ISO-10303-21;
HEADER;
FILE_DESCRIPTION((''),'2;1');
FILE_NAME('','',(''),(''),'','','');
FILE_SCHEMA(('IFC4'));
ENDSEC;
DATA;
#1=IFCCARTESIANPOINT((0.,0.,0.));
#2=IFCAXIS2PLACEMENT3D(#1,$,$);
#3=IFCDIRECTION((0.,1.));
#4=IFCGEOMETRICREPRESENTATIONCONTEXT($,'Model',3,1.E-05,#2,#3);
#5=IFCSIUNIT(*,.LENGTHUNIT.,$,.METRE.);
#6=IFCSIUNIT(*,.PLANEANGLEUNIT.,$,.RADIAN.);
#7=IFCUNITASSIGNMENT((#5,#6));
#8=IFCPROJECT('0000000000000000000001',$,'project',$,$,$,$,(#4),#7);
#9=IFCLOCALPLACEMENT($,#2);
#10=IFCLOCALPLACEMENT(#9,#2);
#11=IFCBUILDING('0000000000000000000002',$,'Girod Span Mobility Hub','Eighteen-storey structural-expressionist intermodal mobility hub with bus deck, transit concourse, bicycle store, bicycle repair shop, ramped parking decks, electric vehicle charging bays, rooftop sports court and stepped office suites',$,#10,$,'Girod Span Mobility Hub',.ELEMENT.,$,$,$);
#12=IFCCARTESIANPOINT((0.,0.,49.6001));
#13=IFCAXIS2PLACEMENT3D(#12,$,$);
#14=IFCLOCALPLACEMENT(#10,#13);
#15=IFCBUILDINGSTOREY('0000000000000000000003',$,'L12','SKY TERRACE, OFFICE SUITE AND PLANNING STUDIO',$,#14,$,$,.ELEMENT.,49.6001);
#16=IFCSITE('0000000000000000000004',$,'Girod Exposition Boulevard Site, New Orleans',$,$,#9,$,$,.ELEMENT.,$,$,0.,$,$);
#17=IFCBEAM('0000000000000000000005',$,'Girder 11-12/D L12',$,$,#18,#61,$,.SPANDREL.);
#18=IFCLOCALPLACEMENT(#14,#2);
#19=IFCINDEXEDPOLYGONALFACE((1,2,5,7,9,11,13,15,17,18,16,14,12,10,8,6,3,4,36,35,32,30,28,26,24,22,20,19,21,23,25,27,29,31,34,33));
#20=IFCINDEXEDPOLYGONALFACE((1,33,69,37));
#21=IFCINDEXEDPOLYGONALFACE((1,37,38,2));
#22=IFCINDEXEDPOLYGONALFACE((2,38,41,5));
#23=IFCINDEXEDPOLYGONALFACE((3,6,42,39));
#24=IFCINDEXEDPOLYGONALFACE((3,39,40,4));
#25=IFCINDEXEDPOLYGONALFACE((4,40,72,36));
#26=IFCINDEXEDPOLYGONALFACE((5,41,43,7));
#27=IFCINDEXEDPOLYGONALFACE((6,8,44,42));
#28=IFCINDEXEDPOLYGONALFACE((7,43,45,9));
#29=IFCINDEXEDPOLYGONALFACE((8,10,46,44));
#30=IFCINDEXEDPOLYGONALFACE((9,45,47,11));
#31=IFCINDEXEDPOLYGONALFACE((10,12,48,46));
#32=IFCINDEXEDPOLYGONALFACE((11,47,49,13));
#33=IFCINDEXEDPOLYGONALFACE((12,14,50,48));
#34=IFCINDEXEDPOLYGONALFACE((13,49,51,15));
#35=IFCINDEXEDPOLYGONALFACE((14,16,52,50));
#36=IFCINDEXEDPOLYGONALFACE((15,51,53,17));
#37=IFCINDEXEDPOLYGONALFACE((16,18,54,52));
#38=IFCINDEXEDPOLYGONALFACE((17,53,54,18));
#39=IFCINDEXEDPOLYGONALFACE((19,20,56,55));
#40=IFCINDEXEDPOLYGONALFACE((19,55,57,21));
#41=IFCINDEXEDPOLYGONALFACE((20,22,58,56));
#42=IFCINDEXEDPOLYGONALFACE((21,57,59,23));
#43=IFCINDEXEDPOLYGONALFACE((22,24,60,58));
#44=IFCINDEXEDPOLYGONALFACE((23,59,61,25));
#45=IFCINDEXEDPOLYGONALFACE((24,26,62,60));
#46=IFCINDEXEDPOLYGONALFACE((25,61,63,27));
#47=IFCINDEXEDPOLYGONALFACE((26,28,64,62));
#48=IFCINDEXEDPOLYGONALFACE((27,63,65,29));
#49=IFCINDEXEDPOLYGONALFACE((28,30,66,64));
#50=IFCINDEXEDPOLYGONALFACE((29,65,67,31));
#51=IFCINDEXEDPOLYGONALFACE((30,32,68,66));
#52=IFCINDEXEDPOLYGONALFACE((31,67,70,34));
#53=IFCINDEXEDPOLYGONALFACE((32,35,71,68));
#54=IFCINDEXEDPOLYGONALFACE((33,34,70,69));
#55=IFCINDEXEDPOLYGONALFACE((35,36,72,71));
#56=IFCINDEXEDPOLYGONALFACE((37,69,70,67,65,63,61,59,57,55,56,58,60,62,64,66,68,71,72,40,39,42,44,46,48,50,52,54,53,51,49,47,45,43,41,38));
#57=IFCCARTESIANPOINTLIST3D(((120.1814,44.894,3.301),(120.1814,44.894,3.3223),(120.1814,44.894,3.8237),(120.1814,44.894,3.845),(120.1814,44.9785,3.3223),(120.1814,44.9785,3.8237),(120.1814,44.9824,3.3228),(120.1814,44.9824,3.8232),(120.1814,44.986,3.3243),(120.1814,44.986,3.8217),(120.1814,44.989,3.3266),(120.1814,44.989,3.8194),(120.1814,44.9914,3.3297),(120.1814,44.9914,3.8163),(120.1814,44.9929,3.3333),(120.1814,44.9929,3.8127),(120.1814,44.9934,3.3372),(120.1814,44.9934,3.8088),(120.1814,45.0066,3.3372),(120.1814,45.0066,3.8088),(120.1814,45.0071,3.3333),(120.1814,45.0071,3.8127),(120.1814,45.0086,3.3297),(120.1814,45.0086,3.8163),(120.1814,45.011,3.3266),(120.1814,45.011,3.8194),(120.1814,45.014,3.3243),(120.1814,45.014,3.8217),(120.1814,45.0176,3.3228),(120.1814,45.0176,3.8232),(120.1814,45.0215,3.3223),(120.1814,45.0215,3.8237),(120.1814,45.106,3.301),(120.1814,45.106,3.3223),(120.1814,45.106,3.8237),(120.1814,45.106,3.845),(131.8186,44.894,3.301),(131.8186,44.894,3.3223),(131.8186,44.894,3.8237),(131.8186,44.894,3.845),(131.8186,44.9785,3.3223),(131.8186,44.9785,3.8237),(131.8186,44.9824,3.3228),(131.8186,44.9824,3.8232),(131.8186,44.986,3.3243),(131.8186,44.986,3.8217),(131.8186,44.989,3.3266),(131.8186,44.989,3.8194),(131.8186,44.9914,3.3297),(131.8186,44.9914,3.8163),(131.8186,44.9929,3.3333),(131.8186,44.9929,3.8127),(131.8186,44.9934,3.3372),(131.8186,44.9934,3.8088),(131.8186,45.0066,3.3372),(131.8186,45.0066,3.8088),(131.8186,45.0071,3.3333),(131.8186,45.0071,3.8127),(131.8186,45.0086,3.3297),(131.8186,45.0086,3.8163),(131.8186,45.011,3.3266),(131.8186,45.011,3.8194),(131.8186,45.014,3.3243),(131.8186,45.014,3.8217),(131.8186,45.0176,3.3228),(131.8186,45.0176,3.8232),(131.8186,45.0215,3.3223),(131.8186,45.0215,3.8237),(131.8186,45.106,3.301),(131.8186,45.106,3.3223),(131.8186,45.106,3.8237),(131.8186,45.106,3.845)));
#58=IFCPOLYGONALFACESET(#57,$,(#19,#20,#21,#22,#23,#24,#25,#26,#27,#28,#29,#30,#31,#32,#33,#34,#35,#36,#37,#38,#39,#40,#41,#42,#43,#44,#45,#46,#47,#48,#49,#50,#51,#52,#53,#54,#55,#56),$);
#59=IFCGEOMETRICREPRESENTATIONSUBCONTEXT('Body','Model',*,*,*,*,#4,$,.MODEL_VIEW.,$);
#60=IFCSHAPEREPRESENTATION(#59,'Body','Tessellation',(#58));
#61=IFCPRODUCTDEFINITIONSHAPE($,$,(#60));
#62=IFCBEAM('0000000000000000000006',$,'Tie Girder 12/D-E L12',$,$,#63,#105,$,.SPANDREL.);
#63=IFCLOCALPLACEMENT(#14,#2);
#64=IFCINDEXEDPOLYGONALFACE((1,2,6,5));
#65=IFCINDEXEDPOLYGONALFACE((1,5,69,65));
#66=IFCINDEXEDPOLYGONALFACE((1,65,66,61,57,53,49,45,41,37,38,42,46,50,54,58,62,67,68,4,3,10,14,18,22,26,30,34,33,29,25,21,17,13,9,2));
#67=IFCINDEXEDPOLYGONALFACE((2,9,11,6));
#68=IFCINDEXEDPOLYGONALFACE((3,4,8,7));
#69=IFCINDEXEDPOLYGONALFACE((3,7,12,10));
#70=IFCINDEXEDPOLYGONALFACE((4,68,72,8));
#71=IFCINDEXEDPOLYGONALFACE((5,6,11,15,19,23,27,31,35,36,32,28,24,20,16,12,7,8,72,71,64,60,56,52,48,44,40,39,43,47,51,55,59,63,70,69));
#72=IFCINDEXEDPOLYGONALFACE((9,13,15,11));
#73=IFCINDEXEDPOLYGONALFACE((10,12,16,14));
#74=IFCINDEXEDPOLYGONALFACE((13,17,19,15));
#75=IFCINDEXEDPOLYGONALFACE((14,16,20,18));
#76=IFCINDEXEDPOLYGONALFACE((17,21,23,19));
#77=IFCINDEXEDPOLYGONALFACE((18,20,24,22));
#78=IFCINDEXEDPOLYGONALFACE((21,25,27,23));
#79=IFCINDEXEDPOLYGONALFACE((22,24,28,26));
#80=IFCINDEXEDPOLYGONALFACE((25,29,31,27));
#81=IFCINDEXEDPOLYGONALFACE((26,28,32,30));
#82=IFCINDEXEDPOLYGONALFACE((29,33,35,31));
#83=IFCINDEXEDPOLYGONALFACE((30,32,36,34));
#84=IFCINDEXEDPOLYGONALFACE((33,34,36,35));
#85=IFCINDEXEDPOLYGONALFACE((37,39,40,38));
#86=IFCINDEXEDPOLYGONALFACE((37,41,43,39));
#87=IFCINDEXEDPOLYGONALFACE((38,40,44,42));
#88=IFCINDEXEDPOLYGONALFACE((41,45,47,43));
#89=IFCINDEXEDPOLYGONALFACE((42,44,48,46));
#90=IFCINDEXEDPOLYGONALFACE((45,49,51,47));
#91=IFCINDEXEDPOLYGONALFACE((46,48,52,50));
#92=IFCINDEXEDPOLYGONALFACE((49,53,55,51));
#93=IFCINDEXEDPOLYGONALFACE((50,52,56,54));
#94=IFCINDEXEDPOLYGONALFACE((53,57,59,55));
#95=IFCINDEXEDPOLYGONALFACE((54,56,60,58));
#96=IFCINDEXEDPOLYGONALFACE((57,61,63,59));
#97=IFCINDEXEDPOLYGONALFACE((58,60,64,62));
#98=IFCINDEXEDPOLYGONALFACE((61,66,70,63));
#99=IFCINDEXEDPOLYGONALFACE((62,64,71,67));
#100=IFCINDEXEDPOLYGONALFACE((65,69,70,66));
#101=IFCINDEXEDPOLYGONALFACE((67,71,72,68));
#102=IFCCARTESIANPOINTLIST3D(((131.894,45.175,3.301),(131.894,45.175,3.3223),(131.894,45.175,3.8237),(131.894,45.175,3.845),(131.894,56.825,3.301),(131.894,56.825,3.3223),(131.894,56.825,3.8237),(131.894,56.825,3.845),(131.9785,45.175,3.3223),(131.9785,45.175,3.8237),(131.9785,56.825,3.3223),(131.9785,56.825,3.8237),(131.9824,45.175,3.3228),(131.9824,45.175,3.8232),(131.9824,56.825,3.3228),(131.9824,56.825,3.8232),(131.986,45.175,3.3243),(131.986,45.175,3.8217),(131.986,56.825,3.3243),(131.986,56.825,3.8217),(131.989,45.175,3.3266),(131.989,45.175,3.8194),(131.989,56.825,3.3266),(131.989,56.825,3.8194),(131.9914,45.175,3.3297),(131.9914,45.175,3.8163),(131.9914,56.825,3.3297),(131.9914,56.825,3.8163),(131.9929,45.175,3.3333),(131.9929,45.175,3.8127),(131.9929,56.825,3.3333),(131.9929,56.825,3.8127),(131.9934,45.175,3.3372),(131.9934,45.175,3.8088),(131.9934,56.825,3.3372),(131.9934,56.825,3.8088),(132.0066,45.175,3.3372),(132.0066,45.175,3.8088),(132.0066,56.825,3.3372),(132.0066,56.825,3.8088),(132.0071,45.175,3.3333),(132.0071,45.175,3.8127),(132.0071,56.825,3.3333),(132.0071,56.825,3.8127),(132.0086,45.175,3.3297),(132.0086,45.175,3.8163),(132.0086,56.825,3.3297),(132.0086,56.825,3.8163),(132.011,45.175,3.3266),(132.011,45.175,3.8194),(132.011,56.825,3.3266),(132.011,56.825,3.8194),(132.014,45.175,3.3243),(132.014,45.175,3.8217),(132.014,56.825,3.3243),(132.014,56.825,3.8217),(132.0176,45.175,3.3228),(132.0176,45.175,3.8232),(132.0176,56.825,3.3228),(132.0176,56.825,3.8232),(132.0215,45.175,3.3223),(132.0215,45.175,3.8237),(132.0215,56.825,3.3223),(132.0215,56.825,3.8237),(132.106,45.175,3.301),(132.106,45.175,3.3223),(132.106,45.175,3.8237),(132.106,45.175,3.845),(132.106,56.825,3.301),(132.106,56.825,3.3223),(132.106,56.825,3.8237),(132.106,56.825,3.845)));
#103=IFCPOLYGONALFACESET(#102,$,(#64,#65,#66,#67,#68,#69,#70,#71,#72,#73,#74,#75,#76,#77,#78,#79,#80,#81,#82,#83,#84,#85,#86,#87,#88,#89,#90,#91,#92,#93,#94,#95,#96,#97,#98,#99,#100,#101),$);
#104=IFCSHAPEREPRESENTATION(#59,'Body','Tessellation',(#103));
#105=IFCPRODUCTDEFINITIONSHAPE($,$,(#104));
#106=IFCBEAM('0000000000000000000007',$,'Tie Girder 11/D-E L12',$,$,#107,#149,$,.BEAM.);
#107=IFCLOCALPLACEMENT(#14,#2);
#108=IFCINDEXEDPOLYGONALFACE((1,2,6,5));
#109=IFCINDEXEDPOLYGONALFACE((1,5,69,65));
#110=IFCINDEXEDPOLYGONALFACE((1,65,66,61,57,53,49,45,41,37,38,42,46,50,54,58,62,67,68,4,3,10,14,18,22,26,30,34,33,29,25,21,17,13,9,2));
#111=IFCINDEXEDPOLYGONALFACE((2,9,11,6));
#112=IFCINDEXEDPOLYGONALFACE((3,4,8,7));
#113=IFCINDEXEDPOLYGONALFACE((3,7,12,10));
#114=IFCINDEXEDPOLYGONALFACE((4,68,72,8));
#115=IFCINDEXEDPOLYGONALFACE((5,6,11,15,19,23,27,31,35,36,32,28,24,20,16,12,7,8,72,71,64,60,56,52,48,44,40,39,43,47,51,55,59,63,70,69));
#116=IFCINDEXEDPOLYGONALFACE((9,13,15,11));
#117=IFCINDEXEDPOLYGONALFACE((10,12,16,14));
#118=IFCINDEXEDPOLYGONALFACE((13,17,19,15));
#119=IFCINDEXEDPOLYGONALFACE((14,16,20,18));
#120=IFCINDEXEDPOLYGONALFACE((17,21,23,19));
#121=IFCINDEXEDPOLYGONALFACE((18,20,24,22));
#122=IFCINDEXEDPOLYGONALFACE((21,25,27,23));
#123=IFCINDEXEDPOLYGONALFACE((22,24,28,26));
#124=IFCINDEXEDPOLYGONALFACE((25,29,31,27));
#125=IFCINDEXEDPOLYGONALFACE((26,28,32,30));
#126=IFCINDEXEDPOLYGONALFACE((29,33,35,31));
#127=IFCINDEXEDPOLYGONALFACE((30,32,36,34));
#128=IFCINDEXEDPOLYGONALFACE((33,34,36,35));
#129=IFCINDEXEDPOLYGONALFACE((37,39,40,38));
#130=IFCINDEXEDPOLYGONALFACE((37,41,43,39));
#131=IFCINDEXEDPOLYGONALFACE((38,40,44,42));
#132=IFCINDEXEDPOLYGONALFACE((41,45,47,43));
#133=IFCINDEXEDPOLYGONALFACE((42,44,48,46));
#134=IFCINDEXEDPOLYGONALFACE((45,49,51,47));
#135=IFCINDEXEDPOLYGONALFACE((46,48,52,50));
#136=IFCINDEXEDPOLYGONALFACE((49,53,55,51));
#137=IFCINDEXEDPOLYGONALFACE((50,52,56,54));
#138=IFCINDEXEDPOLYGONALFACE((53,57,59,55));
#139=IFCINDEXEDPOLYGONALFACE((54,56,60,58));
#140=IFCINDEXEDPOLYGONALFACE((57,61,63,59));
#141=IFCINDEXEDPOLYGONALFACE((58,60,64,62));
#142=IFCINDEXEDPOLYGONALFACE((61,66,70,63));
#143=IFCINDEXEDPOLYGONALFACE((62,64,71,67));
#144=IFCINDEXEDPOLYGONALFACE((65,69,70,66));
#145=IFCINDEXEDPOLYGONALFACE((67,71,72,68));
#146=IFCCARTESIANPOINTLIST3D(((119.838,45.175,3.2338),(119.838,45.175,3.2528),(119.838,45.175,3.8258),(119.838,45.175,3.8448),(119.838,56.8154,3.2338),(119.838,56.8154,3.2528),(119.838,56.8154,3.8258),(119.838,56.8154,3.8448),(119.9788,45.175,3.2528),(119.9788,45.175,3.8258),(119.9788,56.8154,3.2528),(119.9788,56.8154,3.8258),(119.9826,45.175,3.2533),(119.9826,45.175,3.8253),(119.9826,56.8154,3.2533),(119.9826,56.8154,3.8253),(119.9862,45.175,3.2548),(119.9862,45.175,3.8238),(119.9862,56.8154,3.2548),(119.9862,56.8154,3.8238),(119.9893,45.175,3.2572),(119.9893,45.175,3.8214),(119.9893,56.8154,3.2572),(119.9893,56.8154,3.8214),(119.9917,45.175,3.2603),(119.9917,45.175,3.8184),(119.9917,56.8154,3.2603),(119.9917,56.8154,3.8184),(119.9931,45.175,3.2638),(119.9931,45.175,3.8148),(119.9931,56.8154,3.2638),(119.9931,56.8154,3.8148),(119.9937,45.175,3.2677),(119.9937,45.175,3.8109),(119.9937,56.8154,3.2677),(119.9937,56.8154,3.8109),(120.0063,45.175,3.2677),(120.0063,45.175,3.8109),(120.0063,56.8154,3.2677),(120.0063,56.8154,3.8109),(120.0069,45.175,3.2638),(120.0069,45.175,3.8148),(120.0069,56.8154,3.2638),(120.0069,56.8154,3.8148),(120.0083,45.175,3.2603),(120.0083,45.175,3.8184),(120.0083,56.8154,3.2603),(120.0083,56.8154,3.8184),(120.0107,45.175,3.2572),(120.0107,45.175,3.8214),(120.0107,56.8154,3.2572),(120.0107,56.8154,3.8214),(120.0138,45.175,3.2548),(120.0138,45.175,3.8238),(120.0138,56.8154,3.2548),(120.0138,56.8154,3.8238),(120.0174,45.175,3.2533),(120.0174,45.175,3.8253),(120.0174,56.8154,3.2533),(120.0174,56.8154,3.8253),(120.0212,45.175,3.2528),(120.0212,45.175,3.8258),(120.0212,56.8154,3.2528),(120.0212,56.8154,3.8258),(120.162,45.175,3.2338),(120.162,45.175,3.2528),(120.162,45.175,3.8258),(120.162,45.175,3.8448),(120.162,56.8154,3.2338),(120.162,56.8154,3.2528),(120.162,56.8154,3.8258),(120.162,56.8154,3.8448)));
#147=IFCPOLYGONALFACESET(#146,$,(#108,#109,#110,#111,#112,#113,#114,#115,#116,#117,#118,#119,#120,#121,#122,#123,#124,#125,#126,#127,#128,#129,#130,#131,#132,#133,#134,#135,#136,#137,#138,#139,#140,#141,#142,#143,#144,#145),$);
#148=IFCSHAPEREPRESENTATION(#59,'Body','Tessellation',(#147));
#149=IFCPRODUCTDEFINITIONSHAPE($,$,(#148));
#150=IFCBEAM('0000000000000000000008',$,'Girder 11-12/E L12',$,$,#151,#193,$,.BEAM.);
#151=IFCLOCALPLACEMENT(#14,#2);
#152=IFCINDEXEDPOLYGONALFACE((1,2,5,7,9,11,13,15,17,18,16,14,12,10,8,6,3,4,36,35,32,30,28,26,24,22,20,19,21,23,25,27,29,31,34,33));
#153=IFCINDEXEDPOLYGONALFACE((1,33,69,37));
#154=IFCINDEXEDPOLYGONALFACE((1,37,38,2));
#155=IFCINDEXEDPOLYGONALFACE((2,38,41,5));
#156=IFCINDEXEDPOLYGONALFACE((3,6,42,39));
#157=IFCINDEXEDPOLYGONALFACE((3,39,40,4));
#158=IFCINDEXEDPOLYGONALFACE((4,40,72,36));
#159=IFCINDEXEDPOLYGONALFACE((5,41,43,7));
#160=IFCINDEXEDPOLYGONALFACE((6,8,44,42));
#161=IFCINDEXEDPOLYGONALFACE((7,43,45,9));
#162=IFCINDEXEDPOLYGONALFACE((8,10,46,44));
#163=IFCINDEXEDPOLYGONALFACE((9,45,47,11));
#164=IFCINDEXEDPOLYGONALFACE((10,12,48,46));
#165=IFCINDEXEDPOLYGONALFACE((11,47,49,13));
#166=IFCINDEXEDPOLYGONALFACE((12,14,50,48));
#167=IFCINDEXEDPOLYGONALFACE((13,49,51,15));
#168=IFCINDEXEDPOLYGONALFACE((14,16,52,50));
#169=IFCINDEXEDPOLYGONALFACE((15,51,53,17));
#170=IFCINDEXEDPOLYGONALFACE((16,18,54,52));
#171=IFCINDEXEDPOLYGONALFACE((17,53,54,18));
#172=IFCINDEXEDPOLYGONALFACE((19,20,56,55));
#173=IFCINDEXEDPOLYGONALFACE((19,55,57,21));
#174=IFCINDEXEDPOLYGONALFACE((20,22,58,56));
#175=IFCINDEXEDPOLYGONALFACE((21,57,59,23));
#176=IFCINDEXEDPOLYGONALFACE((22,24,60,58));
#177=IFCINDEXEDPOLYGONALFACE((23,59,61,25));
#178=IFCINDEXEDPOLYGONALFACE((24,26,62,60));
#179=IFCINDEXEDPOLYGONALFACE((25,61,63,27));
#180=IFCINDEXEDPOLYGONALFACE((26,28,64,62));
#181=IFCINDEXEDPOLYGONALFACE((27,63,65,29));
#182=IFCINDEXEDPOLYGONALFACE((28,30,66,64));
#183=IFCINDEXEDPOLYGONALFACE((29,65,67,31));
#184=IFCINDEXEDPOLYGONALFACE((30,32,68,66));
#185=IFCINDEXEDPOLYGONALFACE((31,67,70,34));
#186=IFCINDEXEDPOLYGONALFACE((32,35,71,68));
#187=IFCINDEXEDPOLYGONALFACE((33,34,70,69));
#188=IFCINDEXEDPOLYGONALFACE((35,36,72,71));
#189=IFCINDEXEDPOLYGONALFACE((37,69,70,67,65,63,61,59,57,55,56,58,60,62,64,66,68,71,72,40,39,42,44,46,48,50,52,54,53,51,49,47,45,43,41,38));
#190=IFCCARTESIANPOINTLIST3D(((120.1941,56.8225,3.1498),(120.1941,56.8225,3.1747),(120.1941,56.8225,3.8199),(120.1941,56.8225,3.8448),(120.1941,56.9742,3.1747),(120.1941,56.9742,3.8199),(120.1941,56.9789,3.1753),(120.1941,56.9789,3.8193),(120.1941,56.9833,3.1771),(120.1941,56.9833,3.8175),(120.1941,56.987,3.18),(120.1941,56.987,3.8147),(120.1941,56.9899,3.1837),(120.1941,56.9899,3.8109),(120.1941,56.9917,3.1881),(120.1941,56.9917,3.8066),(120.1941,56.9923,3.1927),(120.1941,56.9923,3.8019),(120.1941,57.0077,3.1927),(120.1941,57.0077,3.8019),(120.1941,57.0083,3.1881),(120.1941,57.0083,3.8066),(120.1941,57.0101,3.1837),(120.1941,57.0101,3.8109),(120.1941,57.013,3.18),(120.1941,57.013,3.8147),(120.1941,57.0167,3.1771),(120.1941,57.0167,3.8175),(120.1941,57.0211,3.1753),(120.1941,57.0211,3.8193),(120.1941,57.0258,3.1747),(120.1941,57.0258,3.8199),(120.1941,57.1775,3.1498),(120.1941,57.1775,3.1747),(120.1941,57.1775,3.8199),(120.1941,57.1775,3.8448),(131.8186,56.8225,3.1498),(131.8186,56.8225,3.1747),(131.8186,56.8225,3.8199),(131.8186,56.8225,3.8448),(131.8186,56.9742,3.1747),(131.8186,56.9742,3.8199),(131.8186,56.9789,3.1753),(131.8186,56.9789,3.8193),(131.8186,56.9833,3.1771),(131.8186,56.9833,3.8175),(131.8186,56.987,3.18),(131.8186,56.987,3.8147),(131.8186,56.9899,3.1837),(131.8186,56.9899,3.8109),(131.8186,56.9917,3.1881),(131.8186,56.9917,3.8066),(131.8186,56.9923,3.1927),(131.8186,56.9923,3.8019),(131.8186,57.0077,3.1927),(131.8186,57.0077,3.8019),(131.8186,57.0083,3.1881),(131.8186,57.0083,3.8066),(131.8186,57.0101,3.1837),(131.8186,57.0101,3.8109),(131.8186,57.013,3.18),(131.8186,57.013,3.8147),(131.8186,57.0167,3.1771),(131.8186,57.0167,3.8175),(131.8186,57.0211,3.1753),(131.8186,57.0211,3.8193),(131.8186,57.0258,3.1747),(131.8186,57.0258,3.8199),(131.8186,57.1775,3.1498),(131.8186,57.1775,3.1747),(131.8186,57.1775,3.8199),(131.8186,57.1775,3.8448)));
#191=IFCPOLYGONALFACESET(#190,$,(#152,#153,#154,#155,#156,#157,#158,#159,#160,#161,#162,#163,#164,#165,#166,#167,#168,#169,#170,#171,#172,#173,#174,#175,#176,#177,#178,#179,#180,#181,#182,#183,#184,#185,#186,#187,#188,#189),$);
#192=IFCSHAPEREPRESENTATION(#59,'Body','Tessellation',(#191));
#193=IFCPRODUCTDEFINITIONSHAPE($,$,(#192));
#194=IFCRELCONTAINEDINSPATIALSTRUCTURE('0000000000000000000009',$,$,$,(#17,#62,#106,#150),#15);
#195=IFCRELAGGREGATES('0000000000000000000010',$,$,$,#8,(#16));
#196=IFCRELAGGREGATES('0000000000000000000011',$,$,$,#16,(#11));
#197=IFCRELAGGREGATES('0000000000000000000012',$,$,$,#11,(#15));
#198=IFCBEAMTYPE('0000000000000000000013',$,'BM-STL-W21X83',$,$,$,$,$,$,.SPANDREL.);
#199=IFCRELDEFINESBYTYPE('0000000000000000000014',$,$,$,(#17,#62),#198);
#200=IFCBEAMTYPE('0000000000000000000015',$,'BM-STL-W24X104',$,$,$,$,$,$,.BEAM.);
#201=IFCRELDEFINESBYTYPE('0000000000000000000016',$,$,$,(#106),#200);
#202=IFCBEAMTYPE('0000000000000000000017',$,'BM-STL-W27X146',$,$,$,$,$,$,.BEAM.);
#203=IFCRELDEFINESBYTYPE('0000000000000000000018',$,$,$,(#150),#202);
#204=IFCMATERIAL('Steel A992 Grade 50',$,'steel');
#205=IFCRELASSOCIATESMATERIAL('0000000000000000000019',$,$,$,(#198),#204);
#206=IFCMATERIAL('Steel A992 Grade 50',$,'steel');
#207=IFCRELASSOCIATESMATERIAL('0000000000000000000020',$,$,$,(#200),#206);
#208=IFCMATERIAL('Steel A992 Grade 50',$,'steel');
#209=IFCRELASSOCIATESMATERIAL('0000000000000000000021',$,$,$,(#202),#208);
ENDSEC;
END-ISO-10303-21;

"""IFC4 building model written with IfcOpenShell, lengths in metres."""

from ifc_helpers import new_model, si_unit, direction, frame, origin, origin_2d, place, context, subcontext, project, spatial, i_section, extrude, material, material_profile, profile_set, type_object, element, save


model = new_model("IFC4")

# Units and contexts
model_context = context("Model", 3, precision=1e-05, world=origin(), true_north=direction((0.0, 1.0)))
body_context = subcontext(model_context, "Body", "Model", "MODEL_VIEW")
ifc_project = project(units=[si_unit("LENGTHUNIT", "METRE"), si_unit("PLANEANGLEUNIT", "RADIAN")], contexts=[model_context])

# Site, building, storey
site_placement = place(None, origin())
site = spatial("IfcSite", under=ifc_project, at=site_placement, Name="Girod Exposition Boulevard Site, New Orleans", CompositionType="ELEMENT", RefElevation=0.0)
building_placement = place(site_placement, origin())
building = spatial("IfcBuilding", under=site, at=building_placement, Name="Girod Span Mobility Hub", Description="Eighteen-storey structural-expressionist intermodal mobility hub with bus deck, transit concourse, bicycle store, bicycle repair shop, ramped parking decks, electric vehicle charging bays, rooftop sports court and stepped office suites", LongName="Girod Span Mobility Hub", CompositionType="ELEMENT")
storey_placement = place(building_placement, frame((0.0, 0.0, 49.6001)))
storey = spatial("IfcBuildingStorey", under=building, at=storey_placement, Name="L12", Description="SKY TERRACE, OFFICE SUITE AND PLANNING STUDIO", CompositionType="ELEMENT", Elevation=49.6001)

# Beams
ifc_material_1 = material(Name="Steel A992 Grade 50", Category="steel")
ifc_material_profile_1 = material_profile(ifc_material_1, i_section(OverallWidth=0.2119, OverallDepth=0.5439, WebThickness=0.0132, FlangeThickness=0.0212, FilletRadius=0.0149, at=origin_2d()), Name="W21X83")
ifc_profile_set_1 = profile_set([ifc_material_profile_1], Name="Steel A992 Grade 50")
beam_type_1 = type_object("IfcBeamType", Name="BM-STL-W21X83", PredefinedType="SPANDREL", material=ifc_profile_set_1)
beam_1_placement = place(storey_placement, frame((120.1814, 45.0, 3.573), z_axis=(1.0, 0.0, 0.0), x_axis=(0.0, 1.0, 0.0)))
element("IfcBeam", 1, at=beam_1_placement, inside=storey, type_object=beam_type_1, Name="Girder 11-12/D L12", PredefinedType="SPANDREL", context=body_context, shape_type="SweptSolid", body=[
    extrude(i_section(OverallWidth=0.2119, OverallDepth=0.5439, WebThickness=0.0132, FlangeThickness=0.0212, FilletRadius=0.0149, at=origin_2d()), origin(), (0.0, 0.0, 1.0), 11.6372),
])
beam_2_placement = place(storey_placement, frame((132.0, 45.175, 3.573), z_axis=(0.0, 1.0, 0.0), x_axis=(-1.0, 0.0, 0.0)))
element("IfcBeam", 2, at=beam_2_placement, inside=storey, type_object=beam_type_1, Name="Tie Girder 12/D-E L12", PredefinedType="SPANDREL", context=body_context, shape_type="SweptSolid", body=[
    extrude(i_section(OverallWidth=0.2119, OverallDepth=0.5439, WebThickness=0.0132, FlangeThickness=0.0212, FilletRadius=0.0149, at=origin_2d()), origin(), (0.0, 0.0, 1.0), 11.6499),
])
ifc_material_2 = material(Name="Steel A992 Grade 50", Category="steel")
ifc_material_profile_2 = material_profile(ifc_material_2, i_section(OverallWidth=0.324, OverallDepth=0.6111, WebThickness=0.0127, FlangeThickness=0.019, FilletRadius=0.0149, at=origin_2d()), Name="W24X104")
ifc_profile_set_2 = profile_set([ifc_material_profile_2], Name="Steel A992 Grade 50")
beam_type_2 = type_object("IfcBeamType", Name="BM-STL-W24X104", PredefinedType="BEAM", material=ifc_profile_set_2)
beam_3_placement = place(storey_placement, frame((120.0, 45.175, 3.5393), z_axis=(0.0, 1.0, 0.0), x_axis=(-1.0, 0.0, 0.0)))
element("IfcBeam", 3, at=beam_3_placement, inside=storey, type_object=beam_type_2, Name="Tie Girder 11/D-E L12", PredefinedType="BEAM", context=body_context, shape_type="SweptSolid", body=[
    extrude(i_section(OverallWidth=0.324, OverallDepth=0.6111, WebThickness=0.0127, FlangeThickness=0.019, FilletRadius=0.0149, at=origin_2d()), origin(), (0.0, 0.0, 1.0), 11.6404),
])
ifc_material_3 = material(Name="Steel A992 Grade 50", Category="steel")
ifc_material_profile_3 = material_profile(ifc_material_3, i_section(OverallWidth=0.355, OverallDepth=0.6951, WebThickness=0.0154, FlangeThickness=0.0249, FilletRadius=0.0181, at=origin_2d()), Name="W27X146")
ifc_profile_set_3 = profile_set([ifc_material_profile_3], Name="Steel A992 Grade 50")
beam_type_3 = type_object("IfcBeamType", Name="BM-STL-W27X146", PredefinedType="BEAM", material=ifc_profile_set_3)
beam_4_placement = place(storey_placement, frame((120.1941, 57.0, 3.4973), z_axis=(1.0, 0.0, 0.0), x_axis=(0.0, 1.0, 0.0)))
element("IfcBeam", 4, at=beam_4_placement, inside=storey, type_object=beam_type_3, Name="Girder 11-12/E L12", PredefinedType="BEAM", context=body_context, shape_type="SweptSolid", body=[
    extrude(i_section(OverallWidth=0.355, OverallDepth=0.6951, WebThickness=0.0154, FlangeThickness=0.0249, FilletRadius=0.0181, at=origin_2d()), origin(), (0.0, 0.0, 1.0), 11.6245),
])

save(model, "model.ifc")
